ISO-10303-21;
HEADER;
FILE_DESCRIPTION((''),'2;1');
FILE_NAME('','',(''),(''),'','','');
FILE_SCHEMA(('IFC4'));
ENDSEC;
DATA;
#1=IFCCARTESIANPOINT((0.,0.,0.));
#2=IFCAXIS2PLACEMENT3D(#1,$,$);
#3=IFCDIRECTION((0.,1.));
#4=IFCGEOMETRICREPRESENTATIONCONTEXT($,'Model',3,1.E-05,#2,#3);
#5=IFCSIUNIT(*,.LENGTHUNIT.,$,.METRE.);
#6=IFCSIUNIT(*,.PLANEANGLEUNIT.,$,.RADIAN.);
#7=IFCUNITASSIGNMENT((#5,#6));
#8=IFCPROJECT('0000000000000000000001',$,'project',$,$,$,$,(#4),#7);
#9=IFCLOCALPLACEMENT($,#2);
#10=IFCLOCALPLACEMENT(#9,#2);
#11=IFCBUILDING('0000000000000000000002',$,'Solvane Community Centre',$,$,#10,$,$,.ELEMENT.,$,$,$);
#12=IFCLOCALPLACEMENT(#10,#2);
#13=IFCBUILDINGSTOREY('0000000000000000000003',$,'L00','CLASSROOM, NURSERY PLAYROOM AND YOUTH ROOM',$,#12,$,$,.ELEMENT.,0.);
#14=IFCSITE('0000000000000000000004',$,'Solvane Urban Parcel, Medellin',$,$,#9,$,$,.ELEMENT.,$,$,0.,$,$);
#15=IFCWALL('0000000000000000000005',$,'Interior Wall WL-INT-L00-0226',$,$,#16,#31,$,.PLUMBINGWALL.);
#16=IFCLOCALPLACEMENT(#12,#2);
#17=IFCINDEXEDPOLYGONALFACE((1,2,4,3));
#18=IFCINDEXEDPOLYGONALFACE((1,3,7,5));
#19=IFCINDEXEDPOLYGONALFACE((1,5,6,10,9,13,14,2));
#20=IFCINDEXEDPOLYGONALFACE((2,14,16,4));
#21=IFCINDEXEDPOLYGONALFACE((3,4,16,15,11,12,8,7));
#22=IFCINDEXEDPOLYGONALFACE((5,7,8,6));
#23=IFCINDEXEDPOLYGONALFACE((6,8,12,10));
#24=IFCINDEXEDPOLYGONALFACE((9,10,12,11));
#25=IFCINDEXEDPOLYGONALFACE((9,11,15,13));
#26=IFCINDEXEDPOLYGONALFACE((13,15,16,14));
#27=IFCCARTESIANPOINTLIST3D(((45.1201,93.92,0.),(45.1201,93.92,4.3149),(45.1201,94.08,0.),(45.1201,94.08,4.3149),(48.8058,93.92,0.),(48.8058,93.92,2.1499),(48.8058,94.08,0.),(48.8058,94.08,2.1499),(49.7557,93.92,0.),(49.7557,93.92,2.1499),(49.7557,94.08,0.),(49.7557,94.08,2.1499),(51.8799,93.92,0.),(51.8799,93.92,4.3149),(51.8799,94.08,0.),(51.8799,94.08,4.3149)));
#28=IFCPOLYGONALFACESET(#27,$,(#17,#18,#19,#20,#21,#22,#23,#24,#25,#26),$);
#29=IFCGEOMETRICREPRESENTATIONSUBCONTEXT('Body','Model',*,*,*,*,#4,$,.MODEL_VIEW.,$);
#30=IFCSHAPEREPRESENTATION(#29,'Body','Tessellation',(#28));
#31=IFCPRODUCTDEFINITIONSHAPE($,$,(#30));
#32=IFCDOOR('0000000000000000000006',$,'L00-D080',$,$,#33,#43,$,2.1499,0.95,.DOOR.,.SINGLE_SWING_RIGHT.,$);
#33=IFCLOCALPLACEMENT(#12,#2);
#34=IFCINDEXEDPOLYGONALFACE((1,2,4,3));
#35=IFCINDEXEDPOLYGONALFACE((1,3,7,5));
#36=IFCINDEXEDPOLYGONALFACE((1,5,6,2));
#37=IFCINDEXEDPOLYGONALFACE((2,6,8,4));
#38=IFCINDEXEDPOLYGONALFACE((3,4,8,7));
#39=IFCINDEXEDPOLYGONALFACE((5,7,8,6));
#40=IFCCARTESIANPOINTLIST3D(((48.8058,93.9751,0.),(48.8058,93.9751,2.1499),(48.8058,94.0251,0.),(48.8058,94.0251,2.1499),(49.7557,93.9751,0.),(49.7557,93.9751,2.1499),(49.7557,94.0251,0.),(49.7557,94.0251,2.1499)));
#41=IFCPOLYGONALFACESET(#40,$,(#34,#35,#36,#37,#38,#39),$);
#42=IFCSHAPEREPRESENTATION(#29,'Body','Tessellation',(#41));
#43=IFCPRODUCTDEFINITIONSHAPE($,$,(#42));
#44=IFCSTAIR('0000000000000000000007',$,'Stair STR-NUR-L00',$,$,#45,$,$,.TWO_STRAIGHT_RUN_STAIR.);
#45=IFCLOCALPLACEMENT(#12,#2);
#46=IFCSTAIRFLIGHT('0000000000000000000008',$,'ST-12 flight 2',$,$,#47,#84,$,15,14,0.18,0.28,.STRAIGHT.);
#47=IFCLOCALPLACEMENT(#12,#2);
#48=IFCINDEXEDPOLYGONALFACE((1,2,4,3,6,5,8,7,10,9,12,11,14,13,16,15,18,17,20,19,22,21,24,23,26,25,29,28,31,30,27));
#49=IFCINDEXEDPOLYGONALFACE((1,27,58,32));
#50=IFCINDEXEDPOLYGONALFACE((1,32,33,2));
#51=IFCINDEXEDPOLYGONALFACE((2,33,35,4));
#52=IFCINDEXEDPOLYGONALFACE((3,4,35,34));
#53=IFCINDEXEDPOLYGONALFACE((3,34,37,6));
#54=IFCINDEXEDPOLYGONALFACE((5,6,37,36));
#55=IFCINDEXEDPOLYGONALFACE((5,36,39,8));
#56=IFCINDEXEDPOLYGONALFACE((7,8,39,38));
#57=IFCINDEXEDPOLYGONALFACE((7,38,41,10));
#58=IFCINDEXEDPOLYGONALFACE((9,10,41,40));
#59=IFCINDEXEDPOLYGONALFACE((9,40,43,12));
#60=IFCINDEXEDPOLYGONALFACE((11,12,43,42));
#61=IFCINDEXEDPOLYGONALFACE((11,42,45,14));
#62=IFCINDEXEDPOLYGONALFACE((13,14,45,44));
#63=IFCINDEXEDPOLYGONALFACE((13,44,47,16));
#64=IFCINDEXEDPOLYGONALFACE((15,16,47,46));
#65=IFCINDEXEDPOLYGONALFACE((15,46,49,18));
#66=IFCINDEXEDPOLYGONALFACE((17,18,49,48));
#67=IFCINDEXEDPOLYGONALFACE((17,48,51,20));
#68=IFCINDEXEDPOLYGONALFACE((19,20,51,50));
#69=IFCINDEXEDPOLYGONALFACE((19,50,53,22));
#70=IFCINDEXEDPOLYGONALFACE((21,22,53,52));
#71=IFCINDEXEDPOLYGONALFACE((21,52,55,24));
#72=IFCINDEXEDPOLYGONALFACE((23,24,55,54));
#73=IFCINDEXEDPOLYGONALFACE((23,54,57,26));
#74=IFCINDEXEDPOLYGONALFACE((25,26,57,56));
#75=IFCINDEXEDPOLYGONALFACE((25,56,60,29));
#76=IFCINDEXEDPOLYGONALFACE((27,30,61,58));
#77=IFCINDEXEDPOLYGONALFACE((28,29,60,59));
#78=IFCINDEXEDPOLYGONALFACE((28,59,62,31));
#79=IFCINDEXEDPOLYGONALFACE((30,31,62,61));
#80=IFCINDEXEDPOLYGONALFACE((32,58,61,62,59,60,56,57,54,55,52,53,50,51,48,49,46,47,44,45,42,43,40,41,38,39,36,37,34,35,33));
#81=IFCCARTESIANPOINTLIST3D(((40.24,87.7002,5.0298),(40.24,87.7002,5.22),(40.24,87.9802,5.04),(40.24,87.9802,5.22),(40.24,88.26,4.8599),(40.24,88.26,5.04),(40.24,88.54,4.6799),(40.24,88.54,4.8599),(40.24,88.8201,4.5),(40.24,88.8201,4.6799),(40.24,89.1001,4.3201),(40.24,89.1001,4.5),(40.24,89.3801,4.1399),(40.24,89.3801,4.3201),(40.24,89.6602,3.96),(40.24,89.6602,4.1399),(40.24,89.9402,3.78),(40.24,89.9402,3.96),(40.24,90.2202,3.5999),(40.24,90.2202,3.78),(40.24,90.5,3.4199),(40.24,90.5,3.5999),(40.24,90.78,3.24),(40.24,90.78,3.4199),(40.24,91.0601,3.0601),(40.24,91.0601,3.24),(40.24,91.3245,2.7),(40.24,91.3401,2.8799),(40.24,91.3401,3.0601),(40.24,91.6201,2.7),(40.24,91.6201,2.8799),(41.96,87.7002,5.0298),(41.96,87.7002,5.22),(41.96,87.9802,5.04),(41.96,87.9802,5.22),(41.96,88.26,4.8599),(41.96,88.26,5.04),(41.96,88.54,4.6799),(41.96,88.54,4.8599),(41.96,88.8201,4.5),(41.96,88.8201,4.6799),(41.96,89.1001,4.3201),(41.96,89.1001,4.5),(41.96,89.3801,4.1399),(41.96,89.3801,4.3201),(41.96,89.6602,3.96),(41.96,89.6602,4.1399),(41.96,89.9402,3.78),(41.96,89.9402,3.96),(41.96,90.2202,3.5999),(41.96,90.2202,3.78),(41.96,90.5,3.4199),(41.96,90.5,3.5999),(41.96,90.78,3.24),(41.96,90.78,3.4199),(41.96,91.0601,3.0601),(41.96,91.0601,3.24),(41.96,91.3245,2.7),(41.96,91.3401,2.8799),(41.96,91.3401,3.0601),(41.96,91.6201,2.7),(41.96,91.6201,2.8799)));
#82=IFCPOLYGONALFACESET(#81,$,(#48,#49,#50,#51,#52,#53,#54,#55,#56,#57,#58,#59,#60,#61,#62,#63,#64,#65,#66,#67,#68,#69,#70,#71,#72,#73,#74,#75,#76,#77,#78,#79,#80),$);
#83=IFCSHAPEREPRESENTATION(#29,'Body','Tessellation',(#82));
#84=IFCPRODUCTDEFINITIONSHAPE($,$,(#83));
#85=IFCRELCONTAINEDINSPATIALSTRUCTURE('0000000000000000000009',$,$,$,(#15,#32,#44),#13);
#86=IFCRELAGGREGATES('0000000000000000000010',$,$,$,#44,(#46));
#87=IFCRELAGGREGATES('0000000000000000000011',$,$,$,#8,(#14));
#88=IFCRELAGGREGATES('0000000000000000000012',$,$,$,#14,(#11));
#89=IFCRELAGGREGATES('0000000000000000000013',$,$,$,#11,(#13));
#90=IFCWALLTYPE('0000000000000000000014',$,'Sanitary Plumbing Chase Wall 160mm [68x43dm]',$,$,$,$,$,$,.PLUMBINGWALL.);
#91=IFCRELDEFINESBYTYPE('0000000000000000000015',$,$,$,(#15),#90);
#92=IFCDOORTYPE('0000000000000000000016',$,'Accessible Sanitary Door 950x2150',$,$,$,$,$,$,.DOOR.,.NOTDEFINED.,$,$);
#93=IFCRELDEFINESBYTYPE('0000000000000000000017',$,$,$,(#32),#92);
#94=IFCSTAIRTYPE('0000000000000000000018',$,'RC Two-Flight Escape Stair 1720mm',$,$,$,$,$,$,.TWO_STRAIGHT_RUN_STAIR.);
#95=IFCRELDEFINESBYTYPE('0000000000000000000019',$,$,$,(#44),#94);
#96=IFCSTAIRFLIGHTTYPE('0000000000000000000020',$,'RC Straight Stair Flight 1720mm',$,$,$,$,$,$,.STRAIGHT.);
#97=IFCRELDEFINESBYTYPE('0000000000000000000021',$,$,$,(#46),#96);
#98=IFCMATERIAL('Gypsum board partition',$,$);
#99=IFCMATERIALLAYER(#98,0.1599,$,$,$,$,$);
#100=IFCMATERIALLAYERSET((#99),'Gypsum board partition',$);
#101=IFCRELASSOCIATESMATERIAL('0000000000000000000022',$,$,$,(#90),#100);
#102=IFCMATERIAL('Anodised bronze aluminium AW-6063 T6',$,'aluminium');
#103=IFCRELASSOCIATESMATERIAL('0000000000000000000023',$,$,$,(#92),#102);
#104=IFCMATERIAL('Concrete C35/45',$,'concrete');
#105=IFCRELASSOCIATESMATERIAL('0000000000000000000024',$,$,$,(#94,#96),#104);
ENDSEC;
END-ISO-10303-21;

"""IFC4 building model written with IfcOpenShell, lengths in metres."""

from ifc_helpers import new_model, si_unit, direction, frame, frame_2d, origin, place, context, subcontext, project, spatial, polyline, rectangle, outline, extrude, material, layer, layer_set, type_object, element, fill, aggregate, save


model = new_model("IFC4")

# Units and contexts
model_context = context("Model", 3, precision=1e-05, world=origin(), true_north=direction((0.0, 1.0)))
body_context = subcontext(model_context, "Body", "Model", "MODEL_VIEW")
ifc_project = project(units=[si_unit("LENGTHUNIT", "METRE"), si_unit("PLANEANGLEUNIT", "RADIAN")], contexts=[model_context])

# Site, building, storey
site_placement = place(None, origin())
site = spatial("IfcSite", under=ifc_project, at=site_placement, Name="Solvane Urban Parcel, Medellin", CompositionType="ELEMENT", RefElevation=0.0)
building_placement = place(site_placement, origin())
building = spatial("IfcBuilding", under=site, at=building_placement, Name="Solvane Community Centre", CompositionType="ELEMENT")
storey_placement = place(building_placement, origin())
storey = spatial("IfcBuildingStorey", under=building, at=storey_placement, Name="L00", Description="CLASSROOM, NURSERY PLAYROOM AND YOUTH ROOM", CompositionType="ELEMENT", Elevation=0.0)

# Shared definitions
ifc_material_1 = material(Name="Concrete C35/45", Category="concrete")

# Shared definitions
ifc_material_2 = material(Name="Gypsum board partition")
ifc_material_3 = material(Name="Anodised bronze aluminium AW-6063 T6", Category="aluminium")

# Wall, opening, door
ifc_layer_1 = layer(ifc_material_2, 0.1599)
ifc_layer_set_1 = layer_set([ifc_layer_1], Name="Gypsum board partition")
wall_type_1 = type_object("IfcWallType", Name="Sanitary Plumbing Chase Wall 160mm [68x43dm]", PredefinedType="PLUMBINGWALL", material=ifc_layer_set_1)
wall_1_placement = place(storey_placement, frame((51.8799, 94.0, 0.0), z_axis=(0.0, 0.0, 1.0), x_axis=(-1.0, 0.0, 0.0)))
wall_1 = element("IfcWall", 1, at=wall_1_placement, inside=storey, type_object=wall_type_1, Name="Interior Wall WL-INT-L00-0226", PredefinedType="PLUMBINGWALL", context=body_context, shape_type="SweptSolid", body=[
    extrude(rectangle(XDim=6.7598, YDim=0.1599, at=frame_2d((3.3799, 0.0))), origin(), (0.0, 0.0, 1.0), 4.3149),
])
opening_1_placement = place(wall_1_placement, frame((2.124, 0.0, 0.0)))
opening_1 = element("IfcOpeningElement", 2, at=opening_1_placement, cuts=wall_1, PredefinedType="OPENING", context=body_context, shape_type="SweptSolid", body=[
    extrude(rectangle(XDim=0.95, YDim=2.1499, at=frame_2d((0.4751, 1.075))), frame((0.0, 0.0898, 0.0), z_axis=(0.0, -1.0, 0.0), x_axis=(1.0, 0.0, 0.0)), (0.0, 0.0, 1.0), 0.1799),
])
door_type_1 = type_object("IfcDoorType", Name="Accessible Sanitary Door 950x2150", OperationType="NOTDEFINED", PredefinedType="DOOR", material=ifc_material_3)
door_1_placement = place(opening_1_placement, origin())
door_1 = element("IfcDoor", 3, at=door_1_placement, inside=storey, type_object=door_type_1, Name="L00-D080", OperationType="SINGLE_SWING_RIGHT", OverallHeight=2.1499, OverallWidth=0.95, PredefinedType="DOOR", context=body_context, shape_type="SweptSolid", body=[
    extrude(rectangle(XDim=0.95, YDim=2.1499, at=frame_2d((0.4751, 1.075))), frame((0.0, 0.0249, 0.0), z_axis=(0.0, -1.0, 0.0), x_axis=(1.0, 0.0, 0.0)), (0.0, 0.0, 1.0), 0.05),
])
fill(opening_1, door_1)

# Stair, stair flight
stair_type = type_object("IfcStairType", Name="RC Two-Flight Escape Stair 1720mm", PredefinedType="TWO_STRAIGHT_RUN_STAIR", material=ifc_material_1)
stair_placement = place(storey_placement, origin())
stair = element("IfcStair", 4, at=stair_placement, inside=storey, type_object=stair_type, Name="Stair STR-NUR-L00", PredefinedType="TWO_STRAIGHT_RUN_STAIR")
stair_flight_type = type_object("IfcStairFlightType", Name="RC Straight Stair Flight 1720mm", PredefinedType="STRAIGHT", material=ifc_material_1)
stair_flight_placement = place(storey_placement, frame((41.1001, 91.6201, 2.7), z_axis=(0.0, 0.0, 1.0), x_axis=(0.0, -1.0, 0.0)))
stair_flight = element("IfcStairFlight", 5, at=stair_flight_placement, type_object=stair_flight_type, Name="ST-12 flight 2", NumberOfRisers=15, NumberOfTreads=14, PredefinedType="STRAIGHT", RiserHeight=0.18, TreadLength=0.28, context=body_context, shape_type="SweptSolid", body=[
    extrude(outline(polyline([(0.0, 0.0), (0.0, 0.1799), (0.28, 0.1799), (0.28, 0.3601), (0.5601, 0.3601), (0.5601, 0.54), (0.8401, 0.54), (0.8401, 0.72), (1.1201, 0.72), (1.1201, 0.8999), (1.3999, 0.8999), (1.3999, 1.0801), (1.6799, 1.0801), (1.6799, 1.26), (1.96, 1.26), (1.96, 1.4399), (2.24, 1.4399), (2.24, 1.6201), (2.52, 1.6201), (2.52, 1.8), (2.8, 1.8), (2.8, 1.98), (3.0801, 1.98), (3.0801, 2.1599), (3.3601, 2.1599), (3.3601, 2.3401), (3.6399, 2.3401), (3.6399, 2.52), (3.9199, 2.52), (3.9199, 2.7), (3.9199, 2.3298), (0.2957, 0.0), (0.0, 0.0)])), frame((0.0, 0.8599, 0.0), z_axis=(0.0, -1.0, 0.0), x_axis=(1.0, 0.0, 0.0)), (0.0, 0.0, 1.0), 1.72),
])
aggregate(stair, [stair_flight])

save(model, "model.ifc")
